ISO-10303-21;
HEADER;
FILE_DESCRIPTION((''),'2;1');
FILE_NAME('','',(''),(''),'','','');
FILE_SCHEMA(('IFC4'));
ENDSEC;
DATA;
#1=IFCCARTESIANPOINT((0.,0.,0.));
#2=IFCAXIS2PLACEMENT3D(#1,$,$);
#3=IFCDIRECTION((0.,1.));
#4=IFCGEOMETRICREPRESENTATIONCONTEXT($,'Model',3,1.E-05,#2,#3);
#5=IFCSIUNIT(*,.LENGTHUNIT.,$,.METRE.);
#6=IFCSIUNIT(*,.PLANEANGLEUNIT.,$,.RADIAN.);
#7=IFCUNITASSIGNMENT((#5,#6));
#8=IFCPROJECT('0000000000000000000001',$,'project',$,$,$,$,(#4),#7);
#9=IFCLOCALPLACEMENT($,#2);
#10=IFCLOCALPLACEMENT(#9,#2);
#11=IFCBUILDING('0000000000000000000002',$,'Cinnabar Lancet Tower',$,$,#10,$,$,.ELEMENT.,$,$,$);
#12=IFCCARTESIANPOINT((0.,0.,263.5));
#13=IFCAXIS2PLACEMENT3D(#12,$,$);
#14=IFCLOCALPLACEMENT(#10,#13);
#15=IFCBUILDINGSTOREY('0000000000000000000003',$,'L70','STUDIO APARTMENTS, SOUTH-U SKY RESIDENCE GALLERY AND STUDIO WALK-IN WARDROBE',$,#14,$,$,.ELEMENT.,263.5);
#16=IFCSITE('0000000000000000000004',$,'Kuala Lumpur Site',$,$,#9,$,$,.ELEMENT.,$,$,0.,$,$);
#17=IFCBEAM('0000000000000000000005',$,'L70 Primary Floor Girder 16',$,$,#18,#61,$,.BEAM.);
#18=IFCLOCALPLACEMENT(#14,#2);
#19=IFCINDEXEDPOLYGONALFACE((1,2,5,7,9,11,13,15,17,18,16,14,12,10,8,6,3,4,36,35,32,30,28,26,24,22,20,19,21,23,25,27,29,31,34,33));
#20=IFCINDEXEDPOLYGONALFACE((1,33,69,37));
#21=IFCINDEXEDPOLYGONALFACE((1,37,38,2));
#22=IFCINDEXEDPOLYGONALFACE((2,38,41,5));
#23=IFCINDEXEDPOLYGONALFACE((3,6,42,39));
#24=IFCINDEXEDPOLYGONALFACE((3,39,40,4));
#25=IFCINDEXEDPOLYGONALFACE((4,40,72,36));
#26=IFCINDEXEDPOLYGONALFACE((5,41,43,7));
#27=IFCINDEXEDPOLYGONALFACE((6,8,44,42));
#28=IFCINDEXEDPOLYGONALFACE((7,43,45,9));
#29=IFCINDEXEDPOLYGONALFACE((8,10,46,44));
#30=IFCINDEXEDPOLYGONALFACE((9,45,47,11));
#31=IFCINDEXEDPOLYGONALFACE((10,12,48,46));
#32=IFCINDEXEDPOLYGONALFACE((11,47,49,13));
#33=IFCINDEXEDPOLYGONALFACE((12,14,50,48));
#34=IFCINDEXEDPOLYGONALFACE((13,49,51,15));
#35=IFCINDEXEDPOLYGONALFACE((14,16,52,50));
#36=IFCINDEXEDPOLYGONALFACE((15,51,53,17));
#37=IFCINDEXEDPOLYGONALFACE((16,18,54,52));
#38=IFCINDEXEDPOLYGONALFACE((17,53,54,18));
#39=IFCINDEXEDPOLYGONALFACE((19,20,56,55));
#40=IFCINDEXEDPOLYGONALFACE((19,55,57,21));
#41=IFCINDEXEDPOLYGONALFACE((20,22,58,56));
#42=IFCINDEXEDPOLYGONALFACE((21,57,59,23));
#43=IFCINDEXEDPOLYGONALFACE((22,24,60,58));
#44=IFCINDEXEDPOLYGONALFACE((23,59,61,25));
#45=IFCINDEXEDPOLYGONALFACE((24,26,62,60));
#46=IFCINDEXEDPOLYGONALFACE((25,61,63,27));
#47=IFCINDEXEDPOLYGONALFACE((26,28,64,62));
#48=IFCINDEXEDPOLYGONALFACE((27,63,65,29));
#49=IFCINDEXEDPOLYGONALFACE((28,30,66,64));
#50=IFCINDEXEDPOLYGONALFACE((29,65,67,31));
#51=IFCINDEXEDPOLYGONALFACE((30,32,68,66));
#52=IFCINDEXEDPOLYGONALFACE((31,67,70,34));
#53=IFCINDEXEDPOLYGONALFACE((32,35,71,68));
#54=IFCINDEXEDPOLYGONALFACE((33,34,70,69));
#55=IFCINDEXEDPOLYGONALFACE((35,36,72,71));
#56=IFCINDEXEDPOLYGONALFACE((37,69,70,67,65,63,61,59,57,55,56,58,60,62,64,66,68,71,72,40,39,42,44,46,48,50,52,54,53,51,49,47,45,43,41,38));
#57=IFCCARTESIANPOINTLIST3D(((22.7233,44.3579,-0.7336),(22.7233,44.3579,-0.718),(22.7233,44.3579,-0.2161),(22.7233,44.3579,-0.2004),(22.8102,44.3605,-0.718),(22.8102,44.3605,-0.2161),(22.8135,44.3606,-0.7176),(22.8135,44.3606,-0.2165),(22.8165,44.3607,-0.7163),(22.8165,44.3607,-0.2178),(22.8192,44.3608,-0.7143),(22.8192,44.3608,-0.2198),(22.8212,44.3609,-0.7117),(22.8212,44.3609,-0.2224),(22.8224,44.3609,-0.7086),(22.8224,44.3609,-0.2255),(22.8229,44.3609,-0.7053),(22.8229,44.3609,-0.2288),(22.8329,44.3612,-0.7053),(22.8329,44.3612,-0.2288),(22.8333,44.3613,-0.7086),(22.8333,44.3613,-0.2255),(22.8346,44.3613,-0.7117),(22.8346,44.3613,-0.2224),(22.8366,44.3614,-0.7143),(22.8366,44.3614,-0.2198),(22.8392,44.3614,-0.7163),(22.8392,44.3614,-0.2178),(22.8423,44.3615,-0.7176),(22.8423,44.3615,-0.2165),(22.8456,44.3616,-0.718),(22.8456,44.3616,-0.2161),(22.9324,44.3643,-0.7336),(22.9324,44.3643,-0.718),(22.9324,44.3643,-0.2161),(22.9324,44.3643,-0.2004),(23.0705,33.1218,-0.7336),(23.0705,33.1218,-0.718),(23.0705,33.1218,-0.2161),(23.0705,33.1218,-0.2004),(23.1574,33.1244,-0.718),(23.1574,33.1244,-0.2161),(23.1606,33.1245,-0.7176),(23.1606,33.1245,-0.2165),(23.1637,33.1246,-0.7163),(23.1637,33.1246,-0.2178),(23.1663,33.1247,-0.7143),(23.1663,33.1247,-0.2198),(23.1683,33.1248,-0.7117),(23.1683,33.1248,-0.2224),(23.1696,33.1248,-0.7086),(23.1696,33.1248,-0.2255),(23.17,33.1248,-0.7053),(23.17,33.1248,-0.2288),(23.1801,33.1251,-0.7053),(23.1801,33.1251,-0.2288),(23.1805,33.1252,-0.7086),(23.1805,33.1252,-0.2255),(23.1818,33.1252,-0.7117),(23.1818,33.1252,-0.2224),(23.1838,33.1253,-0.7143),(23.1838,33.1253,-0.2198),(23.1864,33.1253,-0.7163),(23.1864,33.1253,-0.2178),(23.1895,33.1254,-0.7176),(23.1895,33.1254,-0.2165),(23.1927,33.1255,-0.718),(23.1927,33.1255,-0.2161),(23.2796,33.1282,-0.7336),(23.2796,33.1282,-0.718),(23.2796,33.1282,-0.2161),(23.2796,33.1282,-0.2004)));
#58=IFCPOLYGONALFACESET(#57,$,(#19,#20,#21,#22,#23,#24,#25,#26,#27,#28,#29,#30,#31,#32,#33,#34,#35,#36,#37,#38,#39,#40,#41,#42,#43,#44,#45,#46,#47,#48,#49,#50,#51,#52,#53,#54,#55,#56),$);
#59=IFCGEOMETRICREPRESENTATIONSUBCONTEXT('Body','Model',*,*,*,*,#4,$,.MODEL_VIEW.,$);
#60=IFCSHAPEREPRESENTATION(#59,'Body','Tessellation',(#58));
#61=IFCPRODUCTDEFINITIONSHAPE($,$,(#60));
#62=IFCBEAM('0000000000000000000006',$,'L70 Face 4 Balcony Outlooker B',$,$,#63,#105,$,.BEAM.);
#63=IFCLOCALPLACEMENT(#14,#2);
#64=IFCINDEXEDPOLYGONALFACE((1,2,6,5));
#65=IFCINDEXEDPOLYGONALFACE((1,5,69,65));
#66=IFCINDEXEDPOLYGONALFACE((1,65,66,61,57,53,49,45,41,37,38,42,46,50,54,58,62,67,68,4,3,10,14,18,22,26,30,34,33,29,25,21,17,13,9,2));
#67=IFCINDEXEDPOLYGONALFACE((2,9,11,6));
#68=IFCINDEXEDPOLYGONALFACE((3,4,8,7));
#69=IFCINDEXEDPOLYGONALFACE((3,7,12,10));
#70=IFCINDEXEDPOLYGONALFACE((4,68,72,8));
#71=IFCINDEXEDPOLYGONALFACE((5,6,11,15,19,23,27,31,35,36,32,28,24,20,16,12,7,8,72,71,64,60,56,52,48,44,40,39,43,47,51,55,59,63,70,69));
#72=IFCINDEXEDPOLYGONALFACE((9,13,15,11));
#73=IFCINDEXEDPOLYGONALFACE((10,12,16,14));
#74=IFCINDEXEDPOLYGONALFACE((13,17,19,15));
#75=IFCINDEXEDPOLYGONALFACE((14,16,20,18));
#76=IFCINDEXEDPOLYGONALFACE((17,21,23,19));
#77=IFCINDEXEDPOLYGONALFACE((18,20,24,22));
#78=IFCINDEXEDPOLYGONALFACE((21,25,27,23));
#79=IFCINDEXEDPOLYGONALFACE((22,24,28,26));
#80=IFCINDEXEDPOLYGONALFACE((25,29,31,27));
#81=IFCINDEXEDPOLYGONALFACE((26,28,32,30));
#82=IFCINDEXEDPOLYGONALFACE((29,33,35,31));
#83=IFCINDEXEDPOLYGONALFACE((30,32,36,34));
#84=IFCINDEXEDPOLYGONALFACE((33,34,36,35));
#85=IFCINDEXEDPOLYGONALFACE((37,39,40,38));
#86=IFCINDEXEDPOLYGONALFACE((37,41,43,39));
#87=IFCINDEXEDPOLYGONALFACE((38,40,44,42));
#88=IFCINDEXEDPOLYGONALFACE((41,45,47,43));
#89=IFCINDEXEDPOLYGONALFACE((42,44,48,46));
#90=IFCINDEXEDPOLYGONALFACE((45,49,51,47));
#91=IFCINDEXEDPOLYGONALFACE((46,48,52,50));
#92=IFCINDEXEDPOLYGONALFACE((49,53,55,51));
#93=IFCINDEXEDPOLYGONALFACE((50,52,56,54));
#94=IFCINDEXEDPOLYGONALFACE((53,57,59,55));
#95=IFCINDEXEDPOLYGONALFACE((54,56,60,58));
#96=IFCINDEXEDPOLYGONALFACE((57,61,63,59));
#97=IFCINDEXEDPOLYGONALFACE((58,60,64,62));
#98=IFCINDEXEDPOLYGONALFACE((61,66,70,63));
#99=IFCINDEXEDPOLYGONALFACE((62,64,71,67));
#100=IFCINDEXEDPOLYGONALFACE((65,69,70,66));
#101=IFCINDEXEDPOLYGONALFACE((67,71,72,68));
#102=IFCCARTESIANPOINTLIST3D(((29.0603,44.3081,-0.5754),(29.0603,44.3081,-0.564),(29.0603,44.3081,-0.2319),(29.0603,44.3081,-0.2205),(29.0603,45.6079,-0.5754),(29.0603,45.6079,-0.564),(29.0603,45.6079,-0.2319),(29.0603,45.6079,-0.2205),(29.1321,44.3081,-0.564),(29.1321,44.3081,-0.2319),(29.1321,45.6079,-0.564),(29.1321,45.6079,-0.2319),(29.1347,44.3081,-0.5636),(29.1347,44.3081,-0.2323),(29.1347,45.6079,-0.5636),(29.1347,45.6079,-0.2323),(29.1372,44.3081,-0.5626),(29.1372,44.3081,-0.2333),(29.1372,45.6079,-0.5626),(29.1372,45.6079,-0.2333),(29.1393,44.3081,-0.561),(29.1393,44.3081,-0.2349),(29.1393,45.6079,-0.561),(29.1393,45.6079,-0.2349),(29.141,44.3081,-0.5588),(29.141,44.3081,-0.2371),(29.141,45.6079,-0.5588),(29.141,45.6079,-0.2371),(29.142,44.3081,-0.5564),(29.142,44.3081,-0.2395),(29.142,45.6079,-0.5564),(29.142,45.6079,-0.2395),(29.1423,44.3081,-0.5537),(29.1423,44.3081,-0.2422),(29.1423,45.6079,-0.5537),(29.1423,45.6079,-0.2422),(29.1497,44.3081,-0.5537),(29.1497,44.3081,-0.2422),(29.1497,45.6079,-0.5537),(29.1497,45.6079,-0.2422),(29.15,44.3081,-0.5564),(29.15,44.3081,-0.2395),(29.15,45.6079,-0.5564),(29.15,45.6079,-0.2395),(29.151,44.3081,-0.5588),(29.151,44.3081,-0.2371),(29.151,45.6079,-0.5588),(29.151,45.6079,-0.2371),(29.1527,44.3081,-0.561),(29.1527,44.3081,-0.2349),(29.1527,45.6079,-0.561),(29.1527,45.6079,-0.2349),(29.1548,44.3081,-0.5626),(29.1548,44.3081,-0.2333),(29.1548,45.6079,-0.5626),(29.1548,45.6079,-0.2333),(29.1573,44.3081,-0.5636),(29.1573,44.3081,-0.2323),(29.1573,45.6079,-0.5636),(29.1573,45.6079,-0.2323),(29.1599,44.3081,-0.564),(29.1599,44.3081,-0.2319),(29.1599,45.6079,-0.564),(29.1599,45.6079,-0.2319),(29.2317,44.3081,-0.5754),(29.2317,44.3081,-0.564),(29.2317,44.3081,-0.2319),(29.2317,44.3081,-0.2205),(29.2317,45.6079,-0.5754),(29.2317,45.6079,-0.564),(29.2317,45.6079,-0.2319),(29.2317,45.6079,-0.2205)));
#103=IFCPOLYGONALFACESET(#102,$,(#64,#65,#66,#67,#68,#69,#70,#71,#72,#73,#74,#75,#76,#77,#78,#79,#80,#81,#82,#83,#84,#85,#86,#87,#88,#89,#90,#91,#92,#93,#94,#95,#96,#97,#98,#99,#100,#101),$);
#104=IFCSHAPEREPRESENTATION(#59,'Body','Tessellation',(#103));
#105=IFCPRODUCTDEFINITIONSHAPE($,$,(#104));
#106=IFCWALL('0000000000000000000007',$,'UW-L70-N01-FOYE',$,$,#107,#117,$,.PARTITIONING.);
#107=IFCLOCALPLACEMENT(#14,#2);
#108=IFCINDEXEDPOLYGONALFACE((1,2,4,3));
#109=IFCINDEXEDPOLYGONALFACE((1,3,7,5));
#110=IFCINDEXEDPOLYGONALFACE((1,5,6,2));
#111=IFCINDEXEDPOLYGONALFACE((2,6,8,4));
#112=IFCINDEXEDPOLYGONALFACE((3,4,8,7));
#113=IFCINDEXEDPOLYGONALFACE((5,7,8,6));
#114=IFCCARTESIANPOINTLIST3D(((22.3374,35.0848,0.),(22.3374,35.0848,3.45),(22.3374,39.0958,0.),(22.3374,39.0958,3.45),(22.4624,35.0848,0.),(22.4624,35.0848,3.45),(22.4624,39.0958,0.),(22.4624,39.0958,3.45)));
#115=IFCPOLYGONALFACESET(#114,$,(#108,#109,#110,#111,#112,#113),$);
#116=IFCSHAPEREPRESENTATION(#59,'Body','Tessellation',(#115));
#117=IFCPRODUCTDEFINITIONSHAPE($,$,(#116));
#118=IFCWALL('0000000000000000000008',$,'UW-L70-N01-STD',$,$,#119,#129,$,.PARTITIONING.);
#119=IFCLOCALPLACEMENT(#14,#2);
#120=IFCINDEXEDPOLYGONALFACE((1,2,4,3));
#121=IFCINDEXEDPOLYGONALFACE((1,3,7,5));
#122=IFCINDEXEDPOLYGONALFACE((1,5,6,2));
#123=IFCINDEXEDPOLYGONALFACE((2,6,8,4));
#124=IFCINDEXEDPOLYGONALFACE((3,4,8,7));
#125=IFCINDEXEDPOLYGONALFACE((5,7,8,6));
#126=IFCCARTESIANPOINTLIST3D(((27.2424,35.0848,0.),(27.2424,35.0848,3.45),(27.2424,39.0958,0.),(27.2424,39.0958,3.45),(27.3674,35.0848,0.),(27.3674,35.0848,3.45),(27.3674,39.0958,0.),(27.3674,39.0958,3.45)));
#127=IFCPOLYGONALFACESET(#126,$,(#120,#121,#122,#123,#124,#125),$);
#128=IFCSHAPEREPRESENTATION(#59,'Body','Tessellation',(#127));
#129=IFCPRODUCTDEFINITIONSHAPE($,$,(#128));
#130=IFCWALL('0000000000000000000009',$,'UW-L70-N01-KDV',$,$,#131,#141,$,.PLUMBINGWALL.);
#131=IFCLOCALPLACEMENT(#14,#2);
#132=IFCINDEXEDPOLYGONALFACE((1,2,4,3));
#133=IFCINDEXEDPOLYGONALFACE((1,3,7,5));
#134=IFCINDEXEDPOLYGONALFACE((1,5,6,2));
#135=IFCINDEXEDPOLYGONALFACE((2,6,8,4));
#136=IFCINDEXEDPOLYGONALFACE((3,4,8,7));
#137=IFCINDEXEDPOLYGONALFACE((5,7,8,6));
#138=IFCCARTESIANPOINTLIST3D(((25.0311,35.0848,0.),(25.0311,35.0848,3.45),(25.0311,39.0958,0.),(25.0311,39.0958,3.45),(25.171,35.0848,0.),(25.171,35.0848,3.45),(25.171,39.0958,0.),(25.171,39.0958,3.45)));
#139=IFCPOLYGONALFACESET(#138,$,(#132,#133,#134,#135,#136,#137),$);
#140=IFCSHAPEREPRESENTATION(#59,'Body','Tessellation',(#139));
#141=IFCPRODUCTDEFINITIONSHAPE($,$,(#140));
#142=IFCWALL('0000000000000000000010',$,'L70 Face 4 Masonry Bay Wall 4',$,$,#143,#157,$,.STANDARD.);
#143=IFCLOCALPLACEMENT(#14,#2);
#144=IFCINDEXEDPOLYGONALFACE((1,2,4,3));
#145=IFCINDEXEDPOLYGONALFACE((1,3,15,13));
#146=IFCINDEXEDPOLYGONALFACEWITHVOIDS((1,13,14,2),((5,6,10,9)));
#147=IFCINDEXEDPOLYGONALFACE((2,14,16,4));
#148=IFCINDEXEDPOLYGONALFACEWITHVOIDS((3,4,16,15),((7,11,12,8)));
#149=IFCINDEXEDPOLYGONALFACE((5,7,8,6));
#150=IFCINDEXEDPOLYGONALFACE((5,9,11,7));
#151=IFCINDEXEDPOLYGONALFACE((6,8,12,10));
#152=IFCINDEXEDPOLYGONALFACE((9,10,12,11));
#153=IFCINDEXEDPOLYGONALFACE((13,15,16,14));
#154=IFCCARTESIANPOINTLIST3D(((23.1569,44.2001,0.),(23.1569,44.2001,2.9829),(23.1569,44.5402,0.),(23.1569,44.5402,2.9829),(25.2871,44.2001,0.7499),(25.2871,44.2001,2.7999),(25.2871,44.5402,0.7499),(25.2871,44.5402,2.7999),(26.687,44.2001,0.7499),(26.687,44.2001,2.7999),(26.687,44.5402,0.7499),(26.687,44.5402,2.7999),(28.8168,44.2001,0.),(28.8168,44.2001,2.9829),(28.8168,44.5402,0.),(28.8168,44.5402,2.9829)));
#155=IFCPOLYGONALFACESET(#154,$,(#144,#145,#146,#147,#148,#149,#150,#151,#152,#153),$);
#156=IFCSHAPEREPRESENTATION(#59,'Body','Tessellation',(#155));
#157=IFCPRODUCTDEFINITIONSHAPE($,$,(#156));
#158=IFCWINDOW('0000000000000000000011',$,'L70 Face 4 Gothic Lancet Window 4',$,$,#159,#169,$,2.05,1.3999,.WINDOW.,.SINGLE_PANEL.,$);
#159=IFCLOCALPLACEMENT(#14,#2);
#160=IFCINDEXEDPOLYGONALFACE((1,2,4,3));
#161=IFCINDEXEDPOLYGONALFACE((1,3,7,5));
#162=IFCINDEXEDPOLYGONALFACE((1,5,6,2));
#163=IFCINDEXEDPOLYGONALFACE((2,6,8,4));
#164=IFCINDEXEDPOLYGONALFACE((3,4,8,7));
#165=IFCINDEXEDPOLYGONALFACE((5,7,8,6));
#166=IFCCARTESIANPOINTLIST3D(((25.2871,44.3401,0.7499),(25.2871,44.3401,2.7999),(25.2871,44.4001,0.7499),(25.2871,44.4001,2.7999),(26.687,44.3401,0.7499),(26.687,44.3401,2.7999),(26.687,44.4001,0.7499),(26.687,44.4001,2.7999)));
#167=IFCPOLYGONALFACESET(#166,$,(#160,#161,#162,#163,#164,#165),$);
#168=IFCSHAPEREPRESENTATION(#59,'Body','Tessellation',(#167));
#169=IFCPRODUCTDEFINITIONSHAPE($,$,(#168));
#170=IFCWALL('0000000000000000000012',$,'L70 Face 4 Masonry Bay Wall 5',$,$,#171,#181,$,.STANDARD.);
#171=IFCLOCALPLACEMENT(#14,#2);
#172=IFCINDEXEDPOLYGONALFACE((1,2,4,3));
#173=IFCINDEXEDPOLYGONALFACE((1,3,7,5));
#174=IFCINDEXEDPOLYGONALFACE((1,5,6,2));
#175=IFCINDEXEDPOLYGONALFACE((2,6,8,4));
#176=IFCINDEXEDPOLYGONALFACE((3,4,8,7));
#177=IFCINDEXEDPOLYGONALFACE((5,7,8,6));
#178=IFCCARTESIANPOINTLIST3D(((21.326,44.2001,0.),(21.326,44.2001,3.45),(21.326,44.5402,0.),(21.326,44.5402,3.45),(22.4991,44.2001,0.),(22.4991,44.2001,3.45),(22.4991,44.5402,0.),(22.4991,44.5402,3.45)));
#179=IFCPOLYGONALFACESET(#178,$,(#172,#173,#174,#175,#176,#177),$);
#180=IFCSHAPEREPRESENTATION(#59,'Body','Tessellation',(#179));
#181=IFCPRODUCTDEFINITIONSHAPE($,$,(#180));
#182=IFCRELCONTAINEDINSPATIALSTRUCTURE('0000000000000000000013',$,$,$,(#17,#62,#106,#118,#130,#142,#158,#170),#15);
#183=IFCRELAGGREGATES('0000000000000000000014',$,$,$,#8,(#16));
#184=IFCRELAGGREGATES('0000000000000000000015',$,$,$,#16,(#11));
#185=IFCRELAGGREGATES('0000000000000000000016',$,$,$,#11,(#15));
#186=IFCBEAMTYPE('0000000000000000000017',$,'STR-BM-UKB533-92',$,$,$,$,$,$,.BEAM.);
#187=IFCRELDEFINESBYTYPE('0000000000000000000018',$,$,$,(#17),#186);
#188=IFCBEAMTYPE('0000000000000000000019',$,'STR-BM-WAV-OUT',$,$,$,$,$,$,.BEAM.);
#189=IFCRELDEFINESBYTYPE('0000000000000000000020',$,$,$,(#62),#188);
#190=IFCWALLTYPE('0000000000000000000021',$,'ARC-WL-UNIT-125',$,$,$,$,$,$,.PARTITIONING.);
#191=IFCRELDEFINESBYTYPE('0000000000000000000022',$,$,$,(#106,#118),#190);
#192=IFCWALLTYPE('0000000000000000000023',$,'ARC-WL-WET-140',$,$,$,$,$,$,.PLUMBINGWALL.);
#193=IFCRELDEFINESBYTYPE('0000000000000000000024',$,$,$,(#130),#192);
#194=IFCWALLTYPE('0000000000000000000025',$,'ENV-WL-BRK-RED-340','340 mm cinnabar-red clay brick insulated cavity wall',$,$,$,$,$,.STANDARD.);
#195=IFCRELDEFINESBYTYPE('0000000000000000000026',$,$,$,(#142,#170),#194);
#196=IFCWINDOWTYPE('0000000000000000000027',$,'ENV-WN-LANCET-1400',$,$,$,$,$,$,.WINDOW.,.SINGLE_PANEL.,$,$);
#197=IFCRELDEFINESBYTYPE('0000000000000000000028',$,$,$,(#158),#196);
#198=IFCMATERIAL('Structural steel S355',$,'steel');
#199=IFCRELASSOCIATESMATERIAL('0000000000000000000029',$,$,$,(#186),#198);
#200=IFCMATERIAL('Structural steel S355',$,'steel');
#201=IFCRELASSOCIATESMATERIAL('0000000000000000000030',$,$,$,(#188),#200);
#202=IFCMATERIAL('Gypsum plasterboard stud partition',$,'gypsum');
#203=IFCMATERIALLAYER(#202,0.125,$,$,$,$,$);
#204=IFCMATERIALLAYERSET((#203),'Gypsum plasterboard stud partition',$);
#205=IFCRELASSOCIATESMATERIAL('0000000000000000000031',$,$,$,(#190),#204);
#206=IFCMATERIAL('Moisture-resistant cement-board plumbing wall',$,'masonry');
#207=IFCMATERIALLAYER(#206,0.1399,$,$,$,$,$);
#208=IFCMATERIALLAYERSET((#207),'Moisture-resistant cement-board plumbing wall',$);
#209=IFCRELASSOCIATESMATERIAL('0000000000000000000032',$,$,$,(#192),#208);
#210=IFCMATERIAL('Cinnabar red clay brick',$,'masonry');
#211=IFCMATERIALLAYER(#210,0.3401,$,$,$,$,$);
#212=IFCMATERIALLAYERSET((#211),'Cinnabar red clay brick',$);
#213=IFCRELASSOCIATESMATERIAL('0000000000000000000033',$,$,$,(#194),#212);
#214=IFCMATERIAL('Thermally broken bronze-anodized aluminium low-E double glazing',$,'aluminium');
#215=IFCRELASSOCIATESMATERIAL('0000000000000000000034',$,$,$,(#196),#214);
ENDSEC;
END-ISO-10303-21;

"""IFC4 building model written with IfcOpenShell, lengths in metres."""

from ifc_helpers import new_model, si_unit, direction, frame, frame_2d, origin, origin_2d, place, context, subcontext, project, spatial, rectangle, i_section, extrude, material, layer, layer_set, material_profile, profile_set, type_object, element, fill, save


model = new_model("IFC4")

# Units and contexts
model_context = context("Model", 3, precision=1e-05, world=origin(), true_north=direction((0.0, 1.0)))
body_context = subcontext(model_context, "Body", "Model", "MODEL_VIEW")
ifc_project = project(units=[si_unit("LENGTHUNIT", "METRE"), si_unit("PLANEANGLEUNIT", "RADIAN")], contexts=[model_context])

# Site, building, storey
site_placement = place(None, origin())
site = spatial("IfcSite", under=ifc_project, at=site_placement, Name="Kuala Lumpur Site", CompositionType="ELEMENT", RefElevation=0.0)
building_placement = place(site_placement, origin())
building = spatial("IfcBuilding", under=site, at=building_placement, Name="Cinnabar Lancet Tower", CompositionType="ELEMENT")
storey_placement = place(building_placement, frame((0.0, 0.0, 263.5)))
storey = spatial("IfcBuildingStorey", under=building, at=storey_placement, Name="L70", Description="STUDIO APARTMENTS, SOUTH-U SKY RESIDENCE GALLERY AND STUDIO WALK-IN WARDROBE", CompositionType="ELEMENT", Elevation=263.5)

# Beams
ifc_material_1 = material(Name="Structural steel S355", Category="steel")
ifc_material_profile_1 = material_profile(ifc_material_1, i_section(OverallWidth=0.2092, OverallDepth=0.5332, WebThickness=0.01, FlangeThickness=0.0156, FilletRadius=0.0127, at=origin_2d()), Name="UKB 533x210x92")
ifc_profile_set_1 = profile_set([ifc_material_profile_1], Name="Structural steel S355")
beam_type_1 = type_object("IfcBeamType", Name="STR-BM-UKB533-92", PredefinedType="BEAM", material=ifc_profile_set_1)
beam_1_placement = place(storey_placement, frame((22.8279, 44.3611, -0.467), z_axis=(0.030883, -0.999523, 0.0), x_axis=(0.999523, 0.030883, 0.0)))
element("IfcBeam", 1, at=beam_1_placement, inside=storey, type_object=beam_type_1, Name="L70 Primary Floor Girder 16", PredefinedType="BEAM", context=body_context, shape_type="SweptSolid", body=[
    extrude(i_section(OverallWidth=0.2092, OverallDepth=0.5332, WebThickness=0.01, FlangeThickness=0.0156, FilletRadius=0.0127, at=origin_2d()), origin(), (0.0, 0.0, 1.0), 11.2415),
])
ifc_material_2 = material(Name="Structural steel S355", Category="steel")
ifc_material_profile_2 = material_profile(ifc_material_2, i_section(OverallWidth=0.1714, OverallDepth=0.355, WebThickness=0.0073, FlangeThickness=0.0115, FilletRadius=0.0103, at=origin_2d()), Name="UKB 356x171x51")
ifc_profile_set_2 = profile_set([ifc_material_profile_2], Name="Structural steel S355")
beam_type_2 = type_object("IfcBeamType", Name="STR-BM-WAV-OUT", PredefinedType="BEAM", material=ifc_profile_set_2)
beam_2_placement = place(storey_placement, frame((29.146, 44.3081, -0.3979), z_axis=(0.0, 1.0, 0.0), x_axis=(-1.0, 0.0, 0.0)))
element("IfcBeam", 2, at=beam_2_placement, inside=storey, type_object=beam_type_2, Name="L70 Face 4 Balcony Outlooker B", PredefinedType="BEAM", context=body_context, shape_type="SweptSolid", body=[
    extrude(i_section(OverallWidth=0.1714, OverallDepth=0.355, WebThickness=0.0073, FlangeThickness=0.0115, FilletRadius=0.0103, at=origin_2d()), origin(), (0.0, 0.0, 1.0), 1.2998),
])

# Walls
ifc_material_3 = material(Name="Gypsum plasterboard stud partition", Category="gypsum")
ifc_layer_1 = layer(ifc_material_3, 0.125)
ifc_layer_set_1 = layer_set([ifc_layer_1], Name="Gypsum plasterboard stud partition")
wall_type_1 = type_object("IfcWallType", Name="ARC-WL-UNIT-125", PredefinedType="PARTITIONING", material=ifc_layer_set_1)
for number, where, z_axis, x_axis, name in (
    (3, (22.3999, 35.085, 0.0), (0.0, 0.0, 1.0), (0.0, 1.0, 0.0), "UW-L70-N01-FOYE"),
    (4, (27.3049, 35.085, 0.0), (0.0, 0.0, 1.0), (0.0, 1.0, 0.0), "UW-L70-N01-STD"),
):
    element("IfcWall", number, at=place(storey_placement, frame(where, z_axis=z_axis, x_axis=x_axis)), inside=storey, type_object=wall_type_1, Name=name, PredefinedType="PARTITIONING", context=body_context, shape_type="SweptSolid", body=[
        extrude(rectangle(XDim=4.011, YDim=0.125, at=frame_2d((2.0054, 0.0))), origin(), (0.0, 0.0, 1.0), 3.45),
    ])

# Shared definitions
ifc_material_4 = material(Name="Moisture-resistant cement-board plumbing wall", Category="masonry")
ifc_layer_2 = layer(ifc_material_4, 0.1399)
ifc_layer_set_2 = layer_set([ifc_layer_2], Name="Moisture-resistant cement-board plumbing wall")
wall_type_2 = type_object("IfcWallType", Name="ARC-WL-WET-140", PredefinedType="PLUMBINGWALL", material=ifc_layer_set_2)

# Wall
wall_1_placement = place(storey_placement, frame((25.1011, 35.085, 0.0), z_axis=(0.0, 0.0, 1.0), x_axis=(0.0, 1.0, 0.0)))
element("IfcWall", 5, at=wall_1_placement, inside=storey, type_object=wall_type_2, Name="UW-L70-N01-KDV", PredefinedType="PLUMBINGWALL", context=body_context, shape_type="SweptSolid", body=[
    extrude(rectangle(XDim=4.011, YDim=0.1399, at=frame_2d((2.0054, 0.0))), origin(), (0.0, 0.0, 1.0), 3.45),
])

# Wall, opening, window
ifc_material_5 = material(Name="Cinnabar red clay brick", Category="masonry")
ifc_layer_3 = layer(ifc_material_5, 0.3401)
ifc_layer_set_3 = layer_set([ifc_layer_3], Name="Cinnabar red clay brick")
wall_type_3 = type_object("IfcWallType", Name="ENV-WL-BRK-RED-340", Description="340 mm cinnabar-red clay brick insulated cavity wall", PredefinedType="STANDARD", material=ifc_layer_set_3)
wall_2_placement = place(storey_placement, frame((28.8169, 44.3701, 0.0), z_axis=(0.0, 0.0, 1.0), x_axis=(-1.0, 0.0, 0.0)))
wall_2 = element("IfcWall", 6, at=wall_2_placement, inside=storey, type_object=wall_type_3, Name="L70 Face 4 Masonry Bay Wall 4", PredefinedType="STANDARD", context=body_context, shape_type="SweptSolid", body=[
    extrude(rectangle(XDim=5.6599, YDim=0.3401, at=frame_2d((2.8301, 0.0))), origin(), (0.0, 0.0, 1.0), 2.9829),
])
opening_1_placement = place(wall_2_placement, frame((2.1299, 0.0, 0.75)))
opening_1 = element("IfcOpeningElement", 7, at=opening_1_placement, cuts=wall_2, PredefinedType="OPENING", context=body_context, shape_type="SweptSolid", body=[
    extrude(rectangle(XDim=1.3999, YDim=2.05, at=frame_2d((0.7, 1.0249))), frame((0.0, 0.1799, 0.0), z_axis=(0.0, -1.0, 0.0), x_axis=(1.0, 0.0, 0.0)), (0.0, 0.0, 1.0), 0.3601),
])
ifc_material_6 = material(Name="Thermally broken bronze-anodized aluminium low-E double glazing", Category="aluminium")
window_type = type_object("IfcWindowType", Name="ENV-WN-LANCET-1400", PartitioningType="SINGLE_PANEL", PredefinedType="WINDOW", material=ifc_material_6)
window_placement = place(opening_1_placement, origin())
window = element("IfcWindow", 8, at=window_placement, inside=storey, type_object=window_type, Name="L70 Face 4 Gothic Lancet Window 4", OverallHeight=2.05, OverallWidth=1.3999, PartitioningType="SINGLE_PANEL", PredefinedType="WINDOW", context=body_context, shape_type="SweptSolid", body=[
    extrude(rectangle(XDim=1.3999, YDim=2.05, at=frame_2d((0.7, 1.0249))), frame((0.0, 0.03, 0.0), z_axis=(0.0, -1.0, 0.0), x_axis=(1.0, 0.0, 0.0)), (0.0, 0.0, 1.0), 0.0601),
])
fill(opening_1, window)

# Wall
wall_3_placement = place(storey_placement, frame((22.499, 44.3701, 0.0), z_axis=(0.0, 0.0, 1.0), x_axis=(-1.0, 0.0, 0.0)))
element("IfcWall", 9, at=wall_3_placement, inside=storey, type_object=wall_type_3, Name="L70 Face 4 Masonry Bay Wall 5", PredefinedType="STANDARD", context=body_context, shape_type="SweptSolid", body=[
    extrude(rectangle(XDim=1.1731, YDim=0.3401, at=frame_2d((0.5864, 0.0))), origin(), (0.0, 0.0, 1.0), 3.45),
])

save(model, "model.ifc")
